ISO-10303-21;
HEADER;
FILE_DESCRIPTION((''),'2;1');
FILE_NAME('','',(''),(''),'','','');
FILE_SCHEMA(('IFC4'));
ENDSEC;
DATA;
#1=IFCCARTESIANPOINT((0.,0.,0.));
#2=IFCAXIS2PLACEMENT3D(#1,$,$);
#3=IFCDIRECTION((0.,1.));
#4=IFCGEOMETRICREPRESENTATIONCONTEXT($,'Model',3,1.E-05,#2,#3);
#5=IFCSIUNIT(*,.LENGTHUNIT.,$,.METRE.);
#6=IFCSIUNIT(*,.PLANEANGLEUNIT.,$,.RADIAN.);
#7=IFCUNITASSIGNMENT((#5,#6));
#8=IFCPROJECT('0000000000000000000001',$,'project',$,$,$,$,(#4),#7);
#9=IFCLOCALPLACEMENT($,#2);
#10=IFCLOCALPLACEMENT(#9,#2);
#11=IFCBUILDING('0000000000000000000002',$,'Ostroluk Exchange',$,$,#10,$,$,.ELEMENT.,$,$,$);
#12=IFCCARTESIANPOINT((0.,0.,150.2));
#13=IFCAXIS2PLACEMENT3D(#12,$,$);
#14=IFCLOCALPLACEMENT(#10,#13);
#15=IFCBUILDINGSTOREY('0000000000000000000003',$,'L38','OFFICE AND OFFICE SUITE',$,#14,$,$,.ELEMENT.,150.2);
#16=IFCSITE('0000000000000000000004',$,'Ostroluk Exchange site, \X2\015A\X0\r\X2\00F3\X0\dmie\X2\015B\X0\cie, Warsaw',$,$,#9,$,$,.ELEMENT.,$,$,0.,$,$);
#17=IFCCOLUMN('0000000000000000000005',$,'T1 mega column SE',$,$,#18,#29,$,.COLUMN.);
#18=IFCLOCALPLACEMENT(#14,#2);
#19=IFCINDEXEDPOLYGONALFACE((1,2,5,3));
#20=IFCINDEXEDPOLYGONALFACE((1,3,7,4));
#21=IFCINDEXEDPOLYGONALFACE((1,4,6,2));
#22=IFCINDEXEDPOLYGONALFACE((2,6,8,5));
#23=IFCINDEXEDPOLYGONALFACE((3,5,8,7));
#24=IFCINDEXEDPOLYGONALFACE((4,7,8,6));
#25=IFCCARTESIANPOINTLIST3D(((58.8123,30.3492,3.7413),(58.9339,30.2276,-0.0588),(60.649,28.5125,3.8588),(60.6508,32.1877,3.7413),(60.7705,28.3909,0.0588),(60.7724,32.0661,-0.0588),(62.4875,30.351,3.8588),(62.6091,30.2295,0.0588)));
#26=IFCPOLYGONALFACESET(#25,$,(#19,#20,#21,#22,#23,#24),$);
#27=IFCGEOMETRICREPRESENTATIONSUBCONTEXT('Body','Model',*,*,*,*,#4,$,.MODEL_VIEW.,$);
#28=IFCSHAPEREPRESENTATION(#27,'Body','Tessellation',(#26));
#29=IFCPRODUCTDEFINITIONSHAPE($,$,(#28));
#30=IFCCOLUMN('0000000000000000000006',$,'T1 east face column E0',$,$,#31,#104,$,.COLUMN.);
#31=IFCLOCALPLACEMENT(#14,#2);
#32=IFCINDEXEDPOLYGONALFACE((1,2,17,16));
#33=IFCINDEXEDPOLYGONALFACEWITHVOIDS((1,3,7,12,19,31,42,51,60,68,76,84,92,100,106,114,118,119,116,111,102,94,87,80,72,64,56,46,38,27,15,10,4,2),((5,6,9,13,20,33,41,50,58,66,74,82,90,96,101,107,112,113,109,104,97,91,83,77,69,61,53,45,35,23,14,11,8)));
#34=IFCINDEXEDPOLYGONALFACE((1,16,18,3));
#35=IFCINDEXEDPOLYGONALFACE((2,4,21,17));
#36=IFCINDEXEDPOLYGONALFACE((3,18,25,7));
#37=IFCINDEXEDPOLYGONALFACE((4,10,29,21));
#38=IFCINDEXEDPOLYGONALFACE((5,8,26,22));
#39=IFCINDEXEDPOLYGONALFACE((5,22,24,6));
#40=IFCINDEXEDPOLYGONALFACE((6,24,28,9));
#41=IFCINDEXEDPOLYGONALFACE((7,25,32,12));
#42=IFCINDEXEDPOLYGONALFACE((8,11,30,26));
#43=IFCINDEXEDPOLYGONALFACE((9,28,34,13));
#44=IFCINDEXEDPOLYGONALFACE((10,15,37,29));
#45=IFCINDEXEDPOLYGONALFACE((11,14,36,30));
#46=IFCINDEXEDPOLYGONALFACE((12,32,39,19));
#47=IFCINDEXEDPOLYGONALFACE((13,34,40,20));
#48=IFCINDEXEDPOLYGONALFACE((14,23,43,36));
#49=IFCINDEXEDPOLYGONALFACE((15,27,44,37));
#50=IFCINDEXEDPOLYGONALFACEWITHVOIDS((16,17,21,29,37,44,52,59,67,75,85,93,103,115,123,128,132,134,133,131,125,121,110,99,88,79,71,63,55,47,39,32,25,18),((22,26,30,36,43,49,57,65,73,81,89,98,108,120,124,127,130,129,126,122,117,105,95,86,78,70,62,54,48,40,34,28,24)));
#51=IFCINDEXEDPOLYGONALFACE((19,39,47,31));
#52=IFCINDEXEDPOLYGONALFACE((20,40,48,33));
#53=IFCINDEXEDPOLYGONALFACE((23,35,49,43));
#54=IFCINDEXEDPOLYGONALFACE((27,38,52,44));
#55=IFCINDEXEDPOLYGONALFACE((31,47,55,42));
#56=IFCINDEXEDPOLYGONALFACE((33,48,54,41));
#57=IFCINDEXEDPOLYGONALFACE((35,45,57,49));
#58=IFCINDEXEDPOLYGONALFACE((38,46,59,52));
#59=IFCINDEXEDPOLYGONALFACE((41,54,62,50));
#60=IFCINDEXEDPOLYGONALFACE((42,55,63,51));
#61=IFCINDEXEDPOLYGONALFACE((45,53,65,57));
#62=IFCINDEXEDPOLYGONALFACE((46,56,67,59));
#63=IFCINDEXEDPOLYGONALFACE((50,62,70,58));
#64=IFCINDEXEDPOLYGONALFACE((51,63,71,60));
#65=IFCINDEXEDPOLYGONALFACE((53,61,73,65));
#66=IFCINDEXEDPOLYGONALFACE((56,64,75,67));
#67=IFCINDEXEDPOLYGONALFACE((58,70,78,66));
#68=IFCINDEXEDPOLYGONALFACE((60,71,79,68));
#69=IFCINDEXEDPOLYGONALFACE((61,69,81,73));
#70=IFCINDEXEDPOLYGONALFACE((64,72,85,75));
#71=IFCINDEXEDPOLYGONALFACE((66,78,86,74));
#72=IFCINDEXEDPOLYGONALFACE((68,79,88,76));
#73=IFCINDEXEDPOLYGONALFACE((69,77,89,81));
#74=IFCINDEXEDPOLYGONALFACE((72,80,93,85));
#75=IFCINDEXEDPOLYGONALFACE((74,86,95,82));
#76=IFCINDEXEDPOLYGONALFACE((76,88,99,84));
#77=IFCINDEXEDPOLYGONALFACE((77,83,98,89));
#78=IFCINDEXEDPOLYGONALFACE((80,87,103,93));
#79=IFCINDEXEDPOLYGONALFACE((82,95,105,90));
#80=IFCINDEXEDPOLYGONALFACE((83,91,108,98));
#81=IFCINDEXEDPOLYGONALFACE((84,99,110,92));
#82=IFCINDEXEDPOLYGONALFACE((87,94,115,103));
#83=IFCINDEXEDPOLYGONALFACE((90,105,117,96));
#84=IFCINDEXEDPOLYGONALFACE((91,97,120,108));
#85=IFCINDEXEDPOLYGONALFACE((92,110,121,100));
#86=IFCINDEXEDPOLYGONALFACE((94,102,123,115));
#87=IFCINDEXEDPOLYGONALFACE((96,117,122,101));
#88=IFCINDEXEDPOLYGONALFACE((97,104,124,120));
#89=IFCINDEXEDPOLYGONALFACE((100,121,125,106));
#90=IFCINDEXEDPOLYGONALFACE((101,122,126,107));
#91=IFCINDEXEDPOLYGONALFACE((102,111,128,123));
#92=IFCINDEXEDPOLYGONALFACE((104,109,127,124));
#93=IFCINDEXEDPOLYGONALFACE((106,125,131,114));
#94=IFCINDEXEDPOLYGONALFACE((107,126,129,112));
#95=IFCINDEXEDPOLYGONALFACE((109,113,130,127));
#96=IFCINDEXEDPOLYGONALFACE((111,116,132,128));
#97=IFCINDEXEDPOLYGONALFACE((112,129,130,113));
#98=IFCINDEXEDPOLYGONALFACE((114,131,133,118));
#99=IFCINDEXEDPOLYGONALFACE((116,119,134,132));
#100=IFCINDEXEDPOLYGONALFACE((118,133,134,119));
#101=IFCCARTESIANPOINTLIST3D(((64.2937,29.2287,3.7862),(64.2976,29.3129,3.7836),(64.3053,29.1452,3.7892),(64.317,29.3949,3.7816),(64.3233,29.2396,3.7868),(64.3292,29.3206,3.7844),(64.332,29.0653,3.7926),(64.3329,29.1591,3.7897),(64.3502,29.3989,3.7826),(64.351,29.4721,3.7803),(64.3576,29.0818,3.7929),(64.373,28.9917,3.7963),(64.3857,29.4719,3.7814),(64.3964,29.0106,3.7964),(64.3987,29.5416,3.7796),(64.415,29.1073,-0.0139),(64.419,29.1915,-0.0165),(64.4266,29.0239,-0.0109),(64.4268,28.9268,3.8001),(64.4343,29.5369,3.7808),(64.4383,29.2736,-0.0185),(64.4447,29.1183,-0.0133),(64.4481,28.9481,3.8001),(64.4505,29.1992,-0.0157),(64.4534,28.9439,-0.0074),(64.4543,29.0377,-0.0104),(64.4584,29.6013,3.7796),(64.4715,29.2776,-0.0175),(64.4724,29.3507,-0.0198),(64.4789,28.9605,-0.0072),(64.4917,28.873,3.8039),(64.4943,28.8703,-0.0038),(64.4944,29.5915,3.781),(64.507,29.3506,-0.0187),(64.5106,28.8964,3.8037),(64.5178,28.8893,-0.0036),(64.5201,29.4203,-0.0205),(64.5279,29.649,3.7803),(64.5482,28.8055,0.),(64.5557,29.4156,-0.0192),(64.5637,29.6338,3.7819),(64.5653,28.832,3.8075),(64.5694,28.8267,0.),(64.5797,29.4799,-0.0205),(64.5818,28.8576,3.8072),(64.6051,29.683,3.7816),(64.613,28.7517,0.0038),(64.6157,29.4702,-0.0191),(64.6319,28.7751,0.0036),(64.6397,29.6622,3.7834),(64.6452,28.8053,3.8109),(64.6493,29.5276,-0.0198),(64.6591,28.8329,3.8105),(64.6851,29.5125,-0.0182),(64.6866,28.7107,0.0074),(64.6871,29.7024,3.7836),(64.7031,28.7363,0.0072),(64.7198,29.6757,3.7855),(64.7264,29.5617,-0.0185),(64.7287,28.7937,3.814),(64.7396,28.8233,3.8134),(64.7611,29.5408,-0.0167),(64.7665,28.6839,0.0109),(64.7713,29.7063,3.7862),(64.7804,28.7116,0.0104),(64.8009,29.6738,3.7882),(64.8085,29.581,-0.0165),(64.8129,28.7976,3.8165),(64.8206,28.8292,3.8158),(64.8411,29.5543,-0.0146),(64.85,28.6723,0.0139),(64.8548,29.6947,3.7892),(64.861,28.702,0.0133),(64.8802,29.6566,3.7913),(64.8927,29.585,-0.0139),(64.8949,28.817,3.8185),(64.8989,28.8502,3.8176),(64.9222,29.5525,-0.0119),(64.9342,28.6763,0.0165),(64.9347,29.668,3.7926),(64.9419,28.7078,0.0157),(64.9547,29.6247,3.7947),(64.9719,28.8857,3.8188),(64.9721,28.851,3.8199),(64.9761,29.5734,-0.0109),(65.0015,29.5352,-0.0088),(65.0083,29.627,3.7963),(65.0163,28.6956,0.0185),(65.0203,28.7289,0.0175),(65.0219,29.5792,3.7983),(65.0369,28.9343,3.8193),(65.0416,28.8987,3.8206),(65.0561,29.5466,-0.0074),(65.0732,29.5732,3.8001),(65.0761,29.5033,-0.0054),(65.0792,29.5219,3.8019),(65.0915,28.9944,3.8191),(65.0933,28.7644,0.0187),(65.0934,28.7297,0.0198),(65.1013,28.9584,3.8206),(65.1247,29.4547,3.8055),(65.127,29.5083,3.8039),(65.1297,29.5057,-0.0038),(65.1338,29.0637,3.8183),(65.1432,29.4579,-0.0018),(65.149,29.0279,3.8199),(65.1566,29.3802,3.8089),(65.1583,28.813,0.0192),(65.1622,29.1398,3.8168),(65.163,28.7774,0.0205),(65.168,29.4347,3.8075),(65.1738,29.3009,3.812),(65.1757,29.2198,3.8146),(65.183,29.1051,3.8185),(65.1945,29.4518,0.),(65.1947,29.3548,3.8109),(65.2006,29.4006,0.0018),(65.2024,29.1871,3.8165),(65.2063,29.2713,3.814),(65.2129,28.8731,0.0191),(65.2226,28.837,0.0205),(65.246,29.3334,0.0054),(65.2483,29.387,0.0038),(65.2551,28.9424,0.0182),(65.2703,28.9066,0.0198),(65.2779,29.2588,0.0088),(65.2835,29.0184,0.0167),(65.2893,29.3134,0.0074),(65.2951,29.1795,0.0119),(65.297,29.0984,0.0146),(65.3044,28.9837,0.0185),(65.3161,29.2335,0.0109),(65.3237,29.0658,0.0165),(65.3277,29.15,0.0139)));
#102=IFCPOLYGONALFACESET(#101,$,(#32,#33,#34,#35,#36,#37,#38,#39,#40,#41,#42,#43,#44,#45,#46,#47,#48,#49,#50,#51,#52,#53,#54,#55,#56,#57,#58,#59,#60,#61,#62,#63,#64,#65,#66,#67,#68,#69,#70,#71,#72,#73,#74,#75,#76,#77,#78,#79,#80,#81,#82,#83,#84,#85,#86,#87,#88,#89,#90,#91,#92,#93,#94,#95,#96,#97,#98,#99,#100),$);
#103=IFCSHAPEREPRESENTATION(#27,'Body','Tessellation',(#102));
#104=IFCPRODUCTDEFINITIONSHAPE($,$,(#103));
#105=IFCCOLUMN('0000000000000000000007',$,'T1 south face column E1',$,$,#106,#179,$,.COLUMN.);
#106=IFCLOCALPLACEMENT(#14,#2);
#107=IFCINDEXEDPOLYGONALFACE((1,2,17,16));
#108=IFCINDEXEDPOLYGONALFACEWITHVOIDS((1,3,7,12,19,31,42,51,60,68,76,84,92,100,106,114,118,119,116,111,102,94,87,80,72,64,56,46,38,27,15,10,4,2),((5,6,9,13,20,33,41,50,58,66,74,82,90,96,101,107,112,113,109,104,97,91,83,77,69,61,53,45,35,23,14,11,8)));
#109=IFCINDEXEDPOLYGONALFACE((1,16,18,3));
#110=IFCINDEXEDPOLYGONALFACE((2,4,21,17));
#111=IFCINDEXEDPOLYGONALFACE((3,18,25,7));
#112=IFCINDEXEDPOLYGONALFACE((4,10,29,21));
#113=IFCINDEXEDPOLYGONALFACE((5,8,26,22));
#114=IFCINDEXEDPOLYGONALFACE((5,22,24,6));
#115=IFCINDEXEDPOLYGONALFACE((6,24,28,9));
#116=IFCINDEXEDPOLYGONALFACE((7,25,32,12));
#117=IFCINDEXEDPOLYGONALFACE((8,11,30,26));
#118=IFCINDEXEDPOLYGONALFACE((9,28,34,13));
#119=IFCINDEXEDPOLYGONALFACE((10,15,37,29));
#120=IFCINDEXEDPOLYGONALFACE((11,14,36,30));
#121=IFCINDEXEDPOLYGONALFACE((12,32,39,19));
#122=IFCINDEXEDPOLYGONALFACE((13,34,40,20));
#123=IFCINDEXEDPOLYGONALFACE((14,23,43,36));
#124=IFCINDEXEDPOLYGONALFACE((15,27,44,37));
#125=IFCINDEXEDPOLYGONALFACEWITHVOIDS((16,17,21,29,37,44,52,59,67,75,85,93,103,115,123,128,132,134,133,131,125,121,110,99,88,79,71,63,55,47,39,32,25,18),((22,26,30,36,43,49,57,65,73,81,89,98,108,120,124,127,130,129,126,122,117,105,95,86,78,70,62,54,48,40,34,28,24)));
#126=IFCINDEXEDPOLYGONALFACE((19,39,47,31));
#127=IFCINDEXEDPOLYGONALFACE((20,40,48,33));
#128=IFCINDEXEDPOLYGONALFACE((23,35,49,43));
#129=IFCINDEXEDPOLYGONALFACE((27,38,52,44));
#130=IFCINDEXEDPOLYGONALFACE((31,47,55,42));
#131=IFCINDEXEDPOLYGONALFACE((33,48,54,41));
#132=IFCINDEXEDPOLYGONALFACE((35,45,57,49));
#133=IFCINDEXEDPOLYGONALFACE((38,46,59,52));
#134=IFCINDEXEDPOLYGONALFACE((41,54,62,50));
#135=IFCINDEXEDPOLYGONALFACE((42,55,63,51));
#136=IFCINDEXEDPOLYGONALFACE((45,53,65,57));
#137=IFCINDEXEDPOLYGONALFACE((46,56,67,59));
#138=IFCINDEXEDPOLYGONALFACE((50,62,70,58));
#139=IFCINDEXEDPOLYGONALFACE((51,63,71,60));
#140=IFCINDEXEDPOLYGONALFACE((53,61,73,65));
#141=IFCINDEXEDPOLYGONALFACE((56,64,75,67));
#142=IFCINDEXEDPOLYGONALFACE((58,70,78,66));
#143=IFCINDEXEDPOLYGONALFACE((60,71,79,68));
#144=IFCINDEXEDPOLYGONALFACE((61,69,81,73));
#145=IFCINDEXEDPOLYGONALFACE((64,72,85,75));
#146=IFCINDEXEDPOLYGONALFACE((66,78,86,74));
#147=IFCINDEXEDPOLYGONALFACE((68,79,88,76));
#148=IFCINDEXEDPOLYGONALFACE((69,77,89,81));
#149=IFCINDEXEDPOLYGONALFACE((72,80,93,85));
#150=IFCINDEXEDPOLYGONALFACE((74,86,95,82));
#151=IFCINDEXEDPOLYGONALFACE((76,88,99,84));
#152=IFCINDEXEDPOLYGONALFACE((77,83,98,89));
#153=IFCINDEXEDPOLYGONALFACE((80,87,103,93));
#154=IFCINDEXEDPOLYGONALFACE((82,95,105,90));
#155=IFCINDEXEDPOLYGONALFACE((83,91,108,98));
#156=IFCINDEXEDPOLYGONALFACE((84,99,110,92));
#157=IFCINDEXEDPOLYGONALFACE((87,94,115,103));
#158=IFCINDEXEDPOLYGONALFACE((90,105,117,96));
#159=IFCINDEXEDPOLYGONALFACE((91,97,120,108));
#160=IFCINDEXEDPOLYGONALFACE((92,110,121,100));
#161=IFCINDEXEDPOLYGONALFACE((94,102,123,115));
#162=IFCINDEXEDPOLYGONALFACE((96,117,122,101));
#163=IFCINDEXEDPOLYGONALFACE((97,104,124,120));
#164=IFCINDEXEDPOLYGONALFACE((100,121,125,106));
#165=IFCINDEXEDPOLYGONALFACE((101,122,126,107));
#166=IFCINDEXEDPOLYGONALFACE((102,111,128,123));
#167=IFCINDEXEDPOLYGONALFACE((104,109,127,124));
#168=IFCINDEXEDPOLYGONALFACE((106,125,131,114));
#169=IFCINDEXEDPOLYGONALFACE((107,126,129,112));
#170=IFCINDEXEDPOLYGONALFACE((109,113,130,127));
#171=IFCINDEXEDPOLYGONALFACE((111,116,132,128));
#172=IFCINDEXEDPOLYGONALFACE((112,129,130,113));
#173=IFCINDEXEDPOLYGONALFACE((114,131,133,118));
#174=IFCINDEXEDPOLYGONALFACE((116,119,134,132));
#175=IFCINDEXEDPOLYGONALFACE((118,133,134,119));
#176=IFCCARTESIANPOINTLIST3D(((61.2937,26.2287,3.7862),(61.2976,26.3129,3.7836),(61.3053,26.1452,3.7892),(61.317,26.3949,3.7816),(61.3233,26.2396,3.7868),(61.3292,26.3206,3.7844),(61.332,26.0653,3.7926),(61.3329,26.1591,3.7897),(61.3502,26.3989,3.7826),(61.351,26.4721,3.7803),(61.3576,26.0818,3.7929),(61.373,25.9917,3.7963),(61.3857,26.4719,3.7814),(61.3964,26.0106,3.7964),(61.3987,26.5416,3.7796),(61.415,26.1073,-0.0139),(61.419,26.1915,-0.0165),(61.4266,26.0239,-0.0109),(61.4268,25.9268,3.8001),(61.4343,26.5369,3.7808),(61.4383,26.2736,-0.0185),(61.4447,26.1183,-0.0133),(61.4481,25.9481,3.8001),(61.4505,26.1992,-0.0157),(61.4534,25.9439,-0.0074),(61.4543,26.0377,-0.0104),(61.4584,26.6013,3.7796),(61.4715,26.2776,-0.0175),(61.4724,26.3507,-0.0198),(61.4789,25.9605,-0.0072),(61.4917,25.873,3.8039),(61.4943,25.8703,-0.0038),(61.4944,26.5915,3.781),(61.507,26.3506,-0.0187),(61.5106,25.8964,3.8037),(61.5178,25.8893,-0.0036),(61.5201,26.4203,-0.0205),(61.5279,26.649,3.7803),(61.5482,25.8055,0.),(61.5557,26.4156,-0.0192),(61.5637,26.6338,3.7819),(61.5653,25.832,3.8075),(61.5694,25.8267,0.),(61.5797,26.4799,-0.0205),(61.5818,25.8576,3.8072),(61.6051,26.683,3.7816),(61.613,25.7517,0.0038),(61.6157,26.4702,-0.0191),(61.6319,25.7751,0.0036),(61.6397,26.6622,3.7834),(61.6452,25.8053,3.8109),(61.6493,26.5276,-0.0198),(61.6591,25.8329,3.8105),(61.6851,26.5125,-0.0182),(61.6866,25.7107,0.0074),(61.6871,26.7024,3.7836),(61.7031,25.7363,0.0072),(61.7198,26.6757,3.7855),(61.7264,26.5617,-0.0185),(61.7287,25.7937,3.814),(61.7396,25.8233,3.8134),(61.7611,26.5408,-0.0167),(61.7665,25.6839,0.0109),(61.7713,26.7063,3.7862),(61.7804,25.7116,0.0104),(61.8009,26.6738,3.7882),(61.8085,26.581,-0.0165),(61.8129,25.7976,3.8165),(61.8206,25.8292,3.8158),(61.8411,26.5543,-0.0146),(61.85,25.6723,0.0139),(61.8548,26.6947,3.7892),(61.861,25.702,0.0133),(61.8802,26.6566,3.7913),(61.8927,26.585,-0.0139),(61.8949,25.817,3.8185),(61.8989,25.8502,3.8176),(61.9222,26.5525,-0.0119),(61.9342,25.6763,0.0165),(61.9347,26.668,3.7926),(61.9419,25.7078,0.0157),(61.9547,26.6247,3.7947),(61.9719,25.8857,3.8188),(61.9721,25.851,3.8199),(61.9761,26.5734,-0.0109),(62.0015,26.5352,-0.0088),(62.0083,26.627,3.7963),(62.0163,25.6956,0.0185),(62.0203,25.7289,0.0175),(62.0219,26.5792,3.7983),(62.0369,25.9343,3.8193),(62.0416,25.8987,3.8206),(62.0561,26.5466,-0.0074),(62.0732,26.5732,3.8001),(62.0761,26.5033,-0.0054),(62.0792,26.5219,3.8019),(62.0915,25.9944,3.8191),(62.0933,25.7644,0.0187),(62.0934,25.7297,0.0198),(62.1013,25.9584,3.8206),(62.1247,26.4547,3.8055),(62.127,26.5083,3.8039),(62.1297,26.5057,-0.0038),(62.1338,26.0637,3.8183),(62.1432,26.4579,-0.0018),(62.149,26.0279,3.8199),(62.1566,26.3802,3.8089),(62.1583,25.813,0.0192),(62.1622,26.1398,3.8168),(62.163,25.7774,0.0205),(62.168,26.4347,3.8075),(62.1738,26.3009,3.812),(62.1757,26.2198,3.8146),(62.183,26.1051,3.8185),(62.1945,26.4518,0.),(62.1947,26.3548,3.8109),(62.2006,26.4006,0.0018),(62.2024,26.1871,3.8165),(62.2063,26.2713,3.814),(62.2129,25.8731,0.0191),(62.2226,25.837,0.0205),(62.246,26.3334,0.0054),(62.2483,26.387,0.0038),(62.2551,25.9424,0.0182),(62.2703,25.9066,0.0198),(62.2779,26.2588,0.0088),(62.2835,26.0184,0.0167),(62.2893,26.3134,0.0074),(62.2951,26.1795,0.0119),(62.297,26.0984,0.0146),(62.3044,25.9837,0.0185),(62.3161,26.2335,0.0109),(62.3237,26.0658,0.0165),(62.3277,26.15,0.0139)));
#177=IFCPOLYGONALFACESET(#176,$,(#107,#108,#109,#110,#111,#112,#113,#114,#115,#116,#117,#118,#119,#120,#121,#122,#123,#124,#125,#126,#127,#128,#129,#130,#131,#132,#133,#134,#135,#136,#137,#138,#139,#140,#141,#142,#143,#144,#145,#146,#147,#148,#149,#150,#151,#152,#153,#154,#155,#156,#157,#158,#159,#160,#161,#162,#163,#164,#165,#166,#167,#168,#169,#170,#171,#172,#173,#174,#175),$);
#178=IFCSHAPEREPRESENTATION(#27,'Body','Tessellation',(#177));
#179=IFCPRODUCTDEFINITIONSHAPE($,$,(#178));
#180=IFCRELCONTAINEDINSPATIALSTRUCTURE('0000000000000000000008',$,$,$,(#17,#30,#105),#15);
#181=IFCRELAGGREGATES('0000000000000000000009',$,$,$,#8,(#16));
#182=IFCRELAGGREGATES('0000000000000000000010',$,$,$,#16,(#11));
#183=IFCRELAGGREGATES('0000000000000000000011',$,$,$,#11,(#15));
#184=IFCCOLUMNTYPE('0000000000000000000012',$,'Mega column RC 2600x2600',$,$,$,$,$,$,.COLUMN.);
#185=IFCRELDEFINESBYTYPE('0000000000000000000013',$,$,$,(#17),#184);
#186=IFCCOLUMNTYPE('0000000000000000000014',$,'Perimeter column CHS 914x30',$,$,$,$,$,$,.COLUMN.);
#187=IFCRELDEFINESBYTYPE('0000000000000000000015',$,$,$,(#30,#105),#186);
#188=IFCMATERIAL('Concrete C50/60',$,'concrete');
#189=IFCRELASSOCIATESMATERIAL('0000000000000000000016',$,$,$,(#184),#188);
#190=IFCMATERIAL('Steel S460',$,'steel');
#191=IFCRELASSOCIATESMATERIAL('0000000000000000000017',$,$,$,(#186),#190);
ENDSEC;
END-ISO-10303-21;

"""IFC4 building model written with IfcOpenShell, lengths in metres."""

from ifc_helpers import new_model, si_unit, direction, frame, origin, origin_2d, place, context, subcontext, project, spatial, rectangle, hollow_circle, extrude, material, material_profile, profile_set, type_object, element, save


model = new_model("IFC4")

# Units and contexts
model_context = context("Model", 3, precision=1e-05, world=origin(), true_north=direction((0.0, 1.0)))
body_context = subcontext(model_context, "Body", "Model", "MODEL_VIEW")
ifc_project = project(units=[si_unit("LENGTHUNIT", "METRE"), si_unit("PLANEANGLEUNIT", "RADIAN")], contexts=[model_context])

# Site, building, storey
site_placement = place(None, origin())
site = spatial("IfcSite", under=ifc_project, at=site_placement, Name="Ostroluk Exchange site, Śródmieście, Warsaw", CompositionType="ELEMENT", RefElevation=0.0)
building_placement = place(site_placement, origin())
building = spatial("IfcBuilding", under=site, at=building_placement, Name="Ostroluk Exchange", CompositionType="ELEMENT")
storey_placement = place(building_placement, frame((0.0, 0.0, 150.2)))
storey = spatial("IfcBuildingStorey", under=building, at=storey_placement, Name="L38", Description="OFFICE AND OFFICE SUITE", CompositionType="ELEMENT", Elevation=150.2)

# Columns
ifc_material_1 = material(Name="Concrete C50/60", Category="concrete")
ifc_material_profile_1 = material_profile(ifc_material_1, rectangle(XDim=2.6001, YDim=2.6001, at=origin_2d()), Name="RC 2600x2600")
ifc_profile_set_1 = profile_set([ifc_material_profile_1], Name="Concrete C50/60")
column_type_1 = type_object("IfcColumnType", Name="Mega column RC 2600x2600", PredefinedType="COLUMN", material=ifc_profile_set_1)
column_placement = place(storey_placement, frame((60.7715, 30.2285, 0.0), z_axis=(-0.031962, 0.031962, 0.998978), x_axis=(-0.707107, -0.707107, 0.0)))
element("IfcColumn", 1, at=column_placement, inside=storey, type_object=column_type_1, Name="T1 mega column SE", PredefinedType="COLUMN", context=body_context, shape_type="SweptSolid", body=[
    extrude(rectangle(XDim=2.6001, YDim=2.6001, at=origin_2d()), origin(), (0.0, 0.0, 1.0), 3.804),
])
ifc_material_2 = material(Name="Steel S460", Category="steel")
ifc_material_profile_2 = material_profile(ifc_material_2, hollow_circle(Radius=0.457, WallThickness=0.03, at=origin_2d()), Name="CHS 914x30")
ifc_profile_set_2 = profile_set([ifc_material_profile_2], Name="Steel S460")
column_type_2 = type_object("IfcColumnType", Name="Perimeter column CHS 914x30", PredefinedType="COLUMN", material=ifc_profile_set_2)
for number, where, z_axis, x_axis, name in (
    (2, (64.8713, 29.1287, 0.0), (-0.031898, 0.031898, 0.998982), (-0.707107, -0.707107, 0.0), "T1 east face column E0"),
    (3, (61.8713, 26.1287, 0.0), (-0.031898, 0.031898, 0.998982), (-0.707107, -0.707107, 0.0), "T1 south face column E1"),
):
    element("IfcColumn", number, at=place(storey_placement, frame(where, z_axis=z_axis, x_axis=x_axis)), inside=storey, type_object=column_type_2, Name=name, PredefinedType="COLUMN", context=body_context, shape_type="SweptSolid", body=[
        extrude(hollow_circle(Radius=0.457, WallThickness=0.03, at=origin_2d()), origin(), (0.0, 0.0, 1.0), 3.804),
    ])

save(model, "model.ifc")
